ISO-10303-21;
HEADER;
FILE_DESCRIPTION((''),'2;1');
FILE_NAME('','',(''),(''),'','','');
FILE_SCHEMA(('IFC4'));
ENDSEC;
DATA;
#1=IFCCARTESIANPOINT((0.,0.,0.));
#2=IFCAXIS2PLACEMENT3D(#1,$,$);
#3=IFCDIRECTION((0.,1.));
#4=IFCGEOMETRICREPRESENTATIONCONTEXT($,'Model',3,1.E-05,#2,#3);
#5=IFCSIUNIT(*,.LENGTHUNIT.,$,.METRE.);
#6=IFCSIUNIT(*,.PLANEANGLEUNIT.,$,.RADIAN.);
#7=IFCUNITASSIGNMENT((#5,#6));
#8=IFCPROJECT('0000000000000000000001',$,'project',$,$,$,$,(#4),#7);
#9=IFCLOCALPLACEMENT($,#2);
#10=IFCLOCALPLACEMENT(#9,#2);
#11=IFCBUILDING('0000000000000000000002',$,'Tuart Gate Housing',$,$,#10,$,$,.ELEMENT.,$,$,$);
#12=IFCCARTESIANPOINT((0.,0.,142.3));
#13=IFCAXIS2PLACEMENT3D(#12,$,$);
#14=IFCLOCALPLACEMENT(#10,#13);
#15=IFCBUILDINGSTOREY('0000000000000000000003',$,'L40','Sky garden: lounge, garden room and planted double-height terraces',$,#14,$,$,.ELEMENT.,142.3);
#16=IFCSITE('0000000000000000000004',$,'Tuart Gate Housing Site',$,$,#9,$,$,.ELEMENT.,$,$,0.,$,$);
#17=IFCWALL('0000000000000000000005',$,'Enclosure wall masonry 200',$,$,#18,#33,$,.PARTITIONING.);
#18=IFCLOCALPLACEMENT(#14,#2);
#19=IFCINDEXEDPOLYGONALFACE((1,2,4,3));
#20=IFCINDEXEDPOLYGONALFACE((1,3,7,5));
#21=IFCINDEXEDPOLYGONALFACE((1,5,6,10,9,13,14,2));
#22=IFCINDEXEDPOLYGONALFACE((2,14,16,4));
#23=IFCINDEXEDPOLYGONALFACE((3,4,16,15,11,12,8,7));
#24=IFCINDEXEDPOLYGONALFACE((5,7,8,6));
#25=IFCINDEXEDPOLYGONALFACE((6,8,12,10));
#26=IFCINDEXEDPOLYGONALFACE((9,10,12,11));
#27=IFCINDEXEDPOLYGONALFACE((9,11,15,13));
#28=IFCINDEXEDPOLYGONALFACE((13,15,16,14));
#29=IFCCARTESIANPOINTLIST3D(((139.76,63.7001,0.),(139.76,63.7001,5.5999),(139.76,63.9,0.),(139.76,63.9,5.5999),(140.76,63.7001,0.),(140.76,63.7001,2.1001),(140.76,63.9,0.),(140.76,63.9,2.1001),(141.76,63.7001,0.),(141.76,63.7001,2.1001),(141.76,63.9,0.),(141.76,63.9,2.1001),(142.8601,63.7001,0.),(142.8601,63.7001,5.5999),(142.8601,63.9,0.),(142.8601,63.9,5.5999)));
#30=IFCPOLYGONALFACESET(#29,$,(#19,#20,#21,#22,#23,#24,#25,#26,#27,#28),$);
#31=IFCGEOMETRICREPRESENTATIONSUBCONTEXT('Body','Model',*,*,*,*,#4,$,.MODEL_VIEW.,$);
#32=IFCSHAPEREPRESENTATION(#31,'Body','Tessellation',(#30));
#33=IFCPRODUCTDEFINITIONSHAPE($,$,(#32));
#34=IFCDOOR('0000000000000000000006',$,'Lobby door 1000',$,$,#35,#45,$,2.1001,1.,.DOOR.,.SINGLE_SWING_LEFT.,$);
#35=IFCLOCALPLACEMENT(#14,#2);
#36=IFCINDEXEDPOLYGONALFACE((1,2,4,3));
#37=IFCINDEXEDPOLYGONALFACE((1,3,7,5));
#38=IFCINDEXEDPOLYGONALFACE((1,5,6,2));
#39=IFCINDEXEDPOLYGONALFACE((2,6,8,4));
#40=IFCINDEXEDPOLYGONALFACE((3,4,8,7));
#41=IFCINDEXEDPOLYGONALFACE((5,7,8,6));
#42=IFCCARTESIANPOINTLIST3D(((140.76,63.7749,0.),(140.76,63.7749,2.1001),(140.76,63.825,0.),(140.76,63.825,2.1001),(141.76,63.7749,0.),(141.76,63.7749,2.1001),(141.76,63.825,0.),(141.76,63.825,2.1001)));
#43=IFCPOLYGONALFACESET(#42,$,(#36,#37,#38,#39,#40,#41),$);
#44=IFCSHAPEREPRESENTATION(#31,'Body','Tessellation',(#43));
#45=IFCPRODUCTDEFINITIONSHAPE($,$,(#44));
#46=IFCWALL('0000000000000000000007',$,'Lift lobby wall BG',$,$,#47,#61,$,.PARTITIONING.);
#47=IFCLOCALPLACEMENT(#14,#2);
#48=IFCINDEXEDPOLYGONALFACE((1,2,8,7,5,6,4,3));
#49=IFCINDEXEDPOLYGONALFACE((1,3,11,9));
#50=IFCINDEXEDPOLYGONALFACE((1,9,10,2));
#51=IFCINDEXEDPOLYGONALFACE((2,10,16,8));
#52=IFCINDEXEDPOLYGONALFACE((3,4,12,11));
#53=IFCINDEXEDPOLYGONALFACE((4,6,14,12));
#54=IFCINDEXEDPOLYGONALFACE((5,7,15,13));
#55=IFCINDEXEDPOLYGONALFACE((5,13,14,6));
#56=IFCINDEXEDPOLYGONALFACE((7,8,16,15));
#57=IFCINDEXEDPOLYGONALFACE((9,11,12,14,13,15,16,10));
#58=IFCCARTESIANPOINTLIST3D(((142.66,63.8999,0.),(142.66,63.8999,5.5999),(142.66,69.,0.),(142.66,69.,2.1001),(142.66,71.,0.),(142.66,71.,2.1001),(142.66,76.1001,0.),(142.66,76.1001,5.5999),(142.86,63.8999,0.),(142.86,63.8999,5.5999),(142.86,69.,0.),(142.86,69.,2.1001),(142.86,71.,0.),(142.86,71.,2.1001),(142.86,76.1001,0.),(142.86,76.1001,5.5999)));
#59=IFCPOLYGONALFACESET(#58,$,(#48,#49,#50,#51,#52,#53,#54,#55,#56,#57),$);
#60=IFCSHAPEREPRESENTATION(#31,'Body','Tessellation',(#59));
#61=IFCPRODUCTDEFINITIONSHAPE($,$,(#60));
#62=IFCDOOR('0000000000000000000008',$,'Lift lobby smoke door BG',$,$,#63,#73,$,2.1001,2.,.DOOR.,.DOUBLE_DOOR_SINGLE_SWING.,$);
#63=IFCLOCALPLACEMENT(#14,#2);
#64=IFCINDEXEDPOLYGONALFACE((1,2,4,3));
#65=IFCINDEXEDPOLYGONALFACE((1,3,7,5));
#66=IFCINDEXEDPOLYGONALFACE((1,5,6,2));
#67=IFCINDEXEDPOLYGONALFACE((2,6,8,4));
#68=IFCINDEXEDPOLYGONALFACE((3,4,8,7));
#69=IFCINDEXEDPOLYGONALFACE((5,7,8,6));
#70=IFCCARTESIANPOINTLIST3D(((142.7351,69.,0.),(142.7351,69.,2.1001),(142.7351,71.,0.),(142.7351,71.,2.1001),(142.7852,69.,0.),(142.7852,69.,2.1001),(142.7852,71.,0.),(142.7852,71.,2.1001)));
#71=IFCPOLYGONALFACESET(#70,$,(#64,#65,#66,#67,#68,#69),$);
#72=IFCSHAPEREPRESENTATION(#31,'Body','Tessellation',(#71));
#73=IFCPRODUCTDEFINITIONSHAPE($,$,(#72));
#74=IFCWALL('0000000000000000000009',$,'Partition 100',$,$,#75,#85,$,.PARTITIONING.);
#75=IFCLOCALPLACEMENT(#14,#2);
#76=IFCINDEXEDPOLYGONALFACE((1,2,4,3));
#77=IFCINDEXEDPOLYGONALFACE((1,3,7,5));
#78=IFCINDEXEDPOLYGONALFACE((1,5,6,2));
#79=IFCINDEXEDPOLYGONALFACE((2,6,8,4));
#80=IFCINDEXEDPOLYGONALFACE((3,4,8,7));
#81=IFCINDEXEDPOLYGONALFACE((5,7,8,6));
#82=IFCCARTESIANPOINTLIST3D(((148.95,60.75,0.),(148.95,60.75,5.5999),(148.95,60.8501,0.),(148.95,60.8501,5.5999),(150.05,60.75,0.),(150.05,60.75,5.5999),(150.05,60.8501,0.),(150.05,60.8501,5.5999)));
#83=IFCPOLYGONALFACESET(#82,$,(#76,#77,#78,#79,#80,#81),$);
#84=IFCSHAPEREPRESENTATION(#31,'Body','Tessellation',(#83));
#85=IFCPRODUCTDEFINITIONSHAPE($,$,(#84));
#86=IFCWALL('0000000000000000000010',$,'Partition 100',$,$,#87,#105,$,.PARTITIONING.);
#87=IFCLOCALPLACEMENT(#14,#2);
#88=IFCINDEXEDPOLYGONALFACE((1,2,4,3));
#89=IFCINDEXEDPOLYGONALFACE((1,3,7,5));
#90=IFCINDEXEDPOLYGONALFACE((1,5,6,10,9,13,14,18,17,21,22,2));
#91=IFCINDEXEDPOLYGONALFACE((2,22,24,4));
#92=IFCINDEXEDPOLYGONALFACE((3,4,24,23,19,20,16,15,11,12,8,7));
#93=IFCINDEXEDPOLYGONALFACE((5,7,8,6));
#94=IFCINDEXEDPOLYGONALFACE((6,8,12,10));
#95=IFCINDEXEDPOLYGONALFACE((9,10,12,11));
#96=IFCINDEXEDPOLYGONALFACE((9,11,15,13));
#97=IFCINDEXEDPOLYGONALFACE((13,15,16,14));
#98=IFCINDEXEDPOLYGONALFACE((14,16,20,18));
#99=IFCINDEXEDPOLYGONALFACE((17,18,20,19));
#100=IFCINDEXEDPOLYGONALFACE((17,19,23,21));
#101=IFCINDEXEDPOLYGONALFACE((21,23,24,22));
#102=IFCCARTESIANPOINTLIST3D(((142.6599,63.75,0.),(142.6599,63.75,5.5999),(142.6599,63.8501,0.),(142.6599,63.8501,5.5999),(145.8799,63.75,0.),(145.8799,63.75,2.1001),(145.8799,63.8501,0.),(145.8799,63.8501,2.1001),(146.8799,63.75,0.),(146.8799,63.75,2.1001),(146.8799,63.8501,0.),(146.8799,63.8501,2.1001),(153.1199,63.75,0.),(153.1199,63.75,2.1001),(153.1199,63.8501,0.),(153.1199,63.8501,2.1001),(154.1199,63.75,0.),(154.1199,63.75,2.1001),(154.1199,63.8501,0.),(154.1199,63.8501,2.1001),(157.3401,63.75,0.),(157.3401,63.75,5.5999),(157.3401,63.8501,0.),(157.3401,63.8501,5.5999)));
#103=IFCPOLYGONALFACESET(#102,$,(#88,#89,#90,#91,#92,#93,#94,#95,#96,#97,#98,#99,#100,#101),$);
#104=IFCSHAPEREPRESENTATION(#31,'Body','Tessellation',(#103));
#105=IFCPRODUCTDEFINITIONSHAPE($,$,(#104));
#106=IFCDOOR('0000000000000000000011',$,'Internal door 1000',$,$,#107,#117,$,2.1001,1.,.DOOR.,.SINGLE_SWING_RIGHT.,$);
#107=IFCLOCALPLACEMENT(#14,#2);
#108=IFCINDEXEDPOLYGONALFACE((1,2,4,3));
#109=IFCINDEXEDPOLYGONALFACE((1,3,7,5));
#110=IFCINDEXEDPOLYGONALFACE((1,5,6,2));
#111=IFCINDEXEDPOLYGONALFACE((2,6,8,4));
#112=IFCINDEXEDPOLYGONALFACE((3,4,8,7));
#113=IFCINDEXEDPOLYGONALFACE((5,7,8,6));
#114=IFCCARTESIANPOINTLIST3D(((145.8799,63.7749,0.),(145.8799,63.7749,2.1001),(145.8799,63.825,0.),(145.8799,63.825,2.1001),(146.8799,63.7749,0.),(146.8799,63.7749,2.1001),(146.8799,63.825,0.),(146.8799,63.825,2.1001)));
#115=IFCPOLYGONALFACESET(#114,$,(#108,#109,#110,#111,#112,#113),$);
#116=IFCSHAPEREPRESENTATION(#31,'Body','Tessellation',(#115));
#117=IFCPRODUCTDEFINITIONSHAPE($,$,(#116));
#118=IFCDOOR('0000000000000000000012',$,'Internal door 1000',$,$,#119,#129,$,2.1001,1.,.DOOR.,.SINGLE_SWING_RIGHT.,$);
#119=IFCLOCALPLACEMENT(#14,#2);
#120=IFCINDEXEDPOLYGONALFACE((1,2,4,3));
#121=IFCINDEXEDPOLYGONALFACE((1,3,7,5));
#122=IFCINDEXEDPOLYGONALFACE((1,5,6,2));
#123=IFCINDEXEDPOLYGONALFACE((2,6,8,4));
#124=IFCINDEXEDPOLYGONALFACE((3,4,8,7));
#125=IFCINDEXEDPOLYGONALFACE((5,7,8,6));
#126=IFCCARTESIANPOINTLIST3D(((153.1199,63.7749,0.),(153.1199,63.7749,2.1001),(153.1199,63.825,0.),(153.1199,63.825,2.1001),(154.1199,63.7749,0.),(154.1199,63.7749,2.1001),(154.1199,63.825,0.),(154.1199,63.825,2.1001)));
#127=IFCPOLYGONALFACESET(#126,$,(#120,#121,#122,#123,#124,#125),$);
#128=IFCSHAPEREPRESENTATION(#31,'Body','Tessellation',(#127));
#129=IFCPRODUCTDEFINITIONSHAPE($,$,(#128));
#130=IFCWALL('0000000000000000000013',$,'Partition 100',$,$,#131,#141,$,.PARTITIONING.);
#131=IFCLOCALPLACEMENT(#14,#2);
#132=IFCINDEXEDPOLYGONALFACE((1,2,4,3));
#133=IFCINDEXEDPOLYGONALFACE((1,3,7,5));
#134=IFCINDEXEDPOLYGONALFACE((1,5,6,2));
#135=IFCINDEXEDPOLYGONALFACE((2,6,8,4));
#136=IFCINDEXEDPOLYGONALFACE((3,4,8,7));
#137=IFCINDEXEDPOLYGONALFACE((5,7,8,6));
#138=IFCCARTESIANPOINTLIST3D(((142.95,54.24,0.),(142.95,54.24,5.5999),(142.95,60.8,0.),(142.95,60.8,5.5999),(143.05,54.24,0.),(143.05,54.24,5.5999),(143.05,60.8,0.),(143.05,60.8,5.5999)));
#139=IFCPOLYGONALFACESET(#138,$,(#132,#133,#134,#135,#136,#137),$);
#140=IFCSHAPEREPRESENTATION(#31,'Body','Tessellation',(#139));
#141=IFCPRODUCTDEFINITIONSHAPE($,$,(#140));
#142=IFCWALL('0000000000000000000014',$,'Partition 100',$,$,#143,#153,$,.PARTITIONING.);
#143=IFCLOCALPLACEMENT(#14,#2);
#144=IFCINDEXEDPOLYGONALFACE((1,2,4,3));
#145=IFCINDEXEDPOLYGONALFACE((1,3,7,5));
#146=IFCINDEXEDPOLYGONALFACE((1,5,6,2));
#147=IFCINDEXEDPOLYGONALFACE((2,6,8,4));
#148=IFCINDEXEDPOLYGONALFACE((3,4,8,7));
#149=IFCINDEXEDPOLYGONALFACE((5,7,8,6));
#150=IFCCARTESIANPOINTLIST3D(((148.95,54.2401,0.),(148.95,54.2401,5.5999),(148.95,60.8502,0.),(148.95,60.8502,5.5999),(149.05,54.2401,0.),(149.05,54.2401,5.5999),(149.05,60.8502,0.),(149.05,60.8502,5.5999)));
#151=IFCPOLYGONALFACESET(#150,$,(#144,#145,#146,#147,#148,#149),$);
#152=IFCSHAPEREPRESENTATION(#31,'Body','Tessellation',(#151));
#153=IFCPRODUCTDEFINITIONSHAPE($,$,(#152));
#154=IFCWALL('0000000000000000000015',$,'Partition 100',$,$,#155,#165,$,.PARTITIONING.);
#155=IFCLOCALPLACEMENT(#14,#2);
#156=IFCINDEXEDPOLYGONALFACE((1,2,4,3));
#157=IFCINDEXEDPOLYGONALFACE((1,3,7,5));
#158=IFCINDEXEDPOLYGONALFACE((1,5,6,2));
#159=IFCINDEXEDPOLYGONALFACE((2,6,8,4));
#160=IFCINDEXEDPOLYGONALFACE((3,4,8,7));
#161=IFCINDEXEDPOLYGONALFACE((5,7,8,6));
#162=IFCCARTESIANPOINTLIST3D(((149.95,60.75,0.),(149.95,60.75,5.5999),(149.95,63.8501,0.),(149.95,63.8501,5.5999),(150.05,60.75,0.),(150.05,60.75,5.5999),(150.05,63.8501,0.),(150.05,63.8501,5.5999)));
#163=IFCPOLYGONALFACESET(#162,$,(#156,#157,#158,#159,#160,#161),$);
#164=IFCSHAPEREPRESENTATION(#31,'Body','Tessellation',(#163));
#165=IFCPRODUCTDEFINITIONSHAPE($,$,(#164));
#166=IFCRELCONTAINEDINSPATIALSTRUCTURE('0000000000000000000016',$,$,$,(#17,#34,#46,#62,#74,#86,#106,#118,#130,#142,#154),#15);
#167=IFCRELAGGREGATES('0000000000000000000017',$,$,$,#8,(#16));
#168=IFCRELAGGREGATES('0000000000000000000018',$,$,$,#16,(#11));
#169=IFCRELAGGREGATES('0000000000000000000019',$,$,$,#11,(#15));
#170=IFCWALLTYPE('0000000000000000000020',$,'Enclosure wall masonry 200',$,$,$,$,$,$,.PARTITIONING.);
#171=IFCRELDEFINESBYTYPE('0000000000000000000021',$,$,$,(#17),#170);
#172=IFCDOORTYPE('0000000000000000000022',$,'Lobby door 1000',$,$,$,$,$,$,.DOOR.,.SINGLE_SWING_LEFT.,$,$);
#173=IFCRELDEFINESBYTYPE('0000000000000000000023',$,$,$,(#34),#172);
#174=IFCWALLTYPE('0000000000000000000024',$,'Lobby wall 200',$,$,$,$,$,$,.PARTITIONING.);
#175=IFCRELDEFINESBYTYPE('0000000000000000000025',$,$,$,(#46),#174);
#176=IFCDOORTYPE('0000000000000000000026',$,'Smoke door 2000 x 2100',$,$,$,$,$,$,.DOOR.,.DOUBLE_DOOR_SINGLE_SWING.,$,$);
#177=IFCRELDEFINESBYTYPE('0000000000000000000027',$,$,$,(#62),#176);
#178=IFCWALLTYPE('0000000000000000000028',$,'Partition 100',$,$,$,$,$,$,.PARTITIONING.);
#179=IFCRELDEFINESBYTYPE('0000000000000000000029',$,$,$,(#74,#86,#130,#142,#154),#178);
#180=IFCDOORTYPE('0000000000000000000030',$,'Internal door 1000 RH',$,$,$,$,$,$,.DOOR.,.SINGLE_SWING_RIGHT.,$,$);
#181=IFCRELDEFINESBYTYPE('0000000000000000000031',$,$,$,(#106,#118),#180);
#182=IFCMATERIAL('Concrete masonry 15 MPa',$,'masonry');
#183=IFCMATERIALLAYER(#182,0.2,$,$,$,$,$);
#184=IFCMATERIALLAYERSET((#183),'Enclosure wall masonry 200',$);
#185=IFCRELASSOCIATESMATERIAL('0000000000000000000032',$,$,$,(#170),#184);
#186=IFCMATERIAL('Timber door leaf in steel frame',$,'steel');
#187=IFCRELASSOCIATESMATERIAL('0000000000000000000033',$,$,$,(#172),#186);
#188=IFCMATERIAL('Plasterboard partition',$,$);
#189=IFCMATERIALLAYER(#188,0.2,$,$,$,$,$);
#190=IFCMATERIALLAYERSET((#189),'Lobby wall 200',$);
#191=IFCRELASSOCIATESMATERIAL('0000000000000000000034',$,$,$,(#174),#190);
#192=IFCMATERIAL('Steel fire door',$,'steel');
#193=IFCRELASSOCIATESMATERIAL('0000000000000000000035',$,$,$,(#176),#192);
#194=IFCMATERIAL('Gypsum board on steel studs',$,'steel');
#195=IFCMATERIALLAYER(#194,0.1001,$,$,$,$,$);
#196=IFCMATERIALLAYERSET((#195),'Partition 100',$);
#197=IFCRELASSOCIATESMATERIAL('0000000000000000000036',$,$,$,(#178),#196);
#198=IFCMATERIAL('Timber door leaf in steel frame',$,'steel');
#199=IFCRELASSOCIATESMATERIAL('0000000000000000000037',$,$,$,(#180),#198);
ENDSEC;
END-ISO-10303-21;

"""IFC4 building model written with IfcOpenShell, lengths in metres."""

from ifc_helpers import new_model, si_unit, direction, frame, frame_2d, origin, place, context, subcontext, project, spatial, rectangle, extrude, material, layer, layer_set, type_object, element, fill, save


model = new_model("IFC4")

# Units and contexts
model_context = context("Model", 3, precision=1e-05, world=origin(), true_north=direction((0.0, 1.0)))
body_context = subcontext(model_context, "Body", "Model", "MODEL_VIEW")
ifc_project = project(units=[si_unit("LENGTHUNIT", "METRE"), si_unit("PLANEANGLEUNIT", "RADIAN")], contexts=[model_context])

# Site, building, storey
site_placement = place(None, origin())
site = spatial("IfcSite", under=ifc_project, at=site_placement, Name="Tuart Gate Housing Site", CompositionType="ELEMENT", RefElevation=0.0)
building_placement = place(site_placement, origin())
building = spatial("IfcBuilding", under=site, at=building_placement, Name="Tuart Gate Housing", CompositionType="ELEMENT")
storey_placement = place(building_placement, frame((0.0, 0.0, 142.3)))
storey = spatial("IfcBuildingStorey", under=building, at=storey_placement, Name="L40", Description="Sky garden: lounge, garden room and planted double-height terraces", CompositionType="ELEMENT", Elevation=142.3)

# Walls, openings, doors
ifc_material_1 = material(Name="Concrete masonry 15 MPa", Category="masonry")
ifc_layer_1 = layer(ifc_material_1, 0.2)
ifc_layer_set_1 = layer_set([ifc_layer_1], Name="Enclosure wall masonry 200")
wall_type_1 = type_object("IfcWallType", Name="Enclosure wall masonry 200", PredefinedType="PARTITIONING", material=ifc_layer_set_1)
wall_1_placement = place(storey_placement, frame((139.76, 63.8, 0.0), z_axis=(0.0, 0.0, 1.0), x_axis=(1.0, 0.0, 0.0)))
wall_1 = element("IfcWall", 1, at=wall_1_placement, inside=storey, type_object=wall_type_1, Name="Enclosure wall masonry 200", PredefinedType="PARTITIONING", context=body_context, shape_type="SweptSolid", body=[
    extrude(rectangle(XDim=3.1001, YDim=0.2, at=frame_2d((1.55, 0.0))), origin(), (0.0, 0.0, 1.0), 5.5999),
])
opening_1_placement = place(wall_1_placement, frame((1.0, 0.0, 0.0)))
opening_1 = element("IfcOpeningElement", 2, at=opening_1_placement, cuts=wall_1, PredefinedType="OPENING", context=body_context, shape_type="SweptSolid", body=[
    extrude(rectangle(XDim=1.0, YDim=2.1001, at=frame_2d((0.5, 1.05))), frame((0.0, 0.1099, 0.0), z_axis=(0.0, -1.0, 0.0), x_axis=(1.0, 0.0, 0.0)), (0.0, 0.0, 1.0), 0.22),
])
ifc_material_2 = material(Name="Timber door leaf in steel frame", Category="steel")
door_type_1 = type_object("IfcDoorType", Name="Lobby door 1000", OperationType="SINGLE_SWING_LEFT", PredefinedType="DOOR", material=ifc_material_2)
door_1_placement = place(opening_1_placement, frame((1.0, 0.0, 0.0), z_axis=(0.0, 0.0, 1.0), x_axis=(-1.0, 0.0, 0.0)))
door_1 = element("IfcDoor", 3, at=door_1_placement, inside=storey, type_object=door_type_1, Name="Lobby door 1000", OperationType="SINGLE_SWING_LEFT", OverallHeight=2.1001, OverallWidth=1.0, PredefinedType="DOOR", context=body_context, shape_type="SweptSolid", body=[
    extrude(rectangle(XDim=1.0, YDim=2.1001, at=frame_2d((0.5, 1.05))), frame((0.0, 0.0251, 0.0), z_axis=(0.0, -1.0, 0.0), x_axis=(1.0, 0.0, 0.0)), (0.0, 0.0, 1.0), 0.05),
])
fill(opening_1, door_1)
ifc_material_3 = material(Name="Plasterboard partition")
ifc_layer_2 = layer(ifc_material_3, 0.2)
ifc_layer_set_2 = layer_set([ifc_layer_2], Name="Lobby wall 200")
wall_type_2 = type_object("IfcWallType", Name="Lobby wall 200", PredefinedType="PARTITIONING", material=ifc_layer_set_2)
wall_2_placement = place(storey_placement, frame((142.76, 63.8999, 0.0), z_axis=(0.0, 0.0, 1.0), x_axis=(0.0, 1.0, 0.0)))
wall_2 = element("IfcWall", 4, at=wall_2_placement, inside=storey, type_object=wall_type_2, Name="Lift lobby wall BG", PredefinedType="PARTITIONING", context=body_context, shape_type="SweptSolid", body=[
    extrude(rectangle(XDim=12.2002, YDim=0.2, at=frame_2d((6.1001, 0.0))), origin(), (0.0, 0.0, 1.0), 5.5999),
])
opening_2_placement = place(wall_2_placement, frame((5.1001, 0.0, 0.0)))
opening_2 = element("IfcOpeningElement", 5, at=opening_2_placement, cuts=wall_2, PredefinedType="OPENING", context=body_context, shape_type="SweptSolid", body=[
    extrude(rectangle(XDim=2.0, YDim=2.1001, at=frame_2d((1.0, 1.05))), frame((0.0, 0.1099, 0.0), z_axis=(0.0, -1.0, 0.0), x_axis=(1.0, 0.0, 0.0)), (0.0, 0.0, 1.0), 0.22),
])
ifc_material_4 = material(Name="Steel fire door", Category="steel")
door_type_2 = type_object("IfcDoorType", Name="Smoke door 2000 x 2100", OperationType="DOUBLE_DOOR_SINGLE_SWING", PredefinedType="DOOR", material=ifc_material_4)
door_2_placement = place(opening_2_placement, frame((2.0, 0.0, 0.0), z_axis=(0.0, 0.0, 1.0), x_axis=(-1.0, 0.0, 0.0)))
door_2 = element("IfcDoor", 6, at=door_2_placement, inside=storey, type_object=door_type_2, Name="Lift lobby smoke door BG", OperationType="DOUBLE_DOOR_SINGLE_SWING", OverallHeight=2.1001, OverallWidth=2.0, PredefinedType="DOOR", context=body_context, shape_type="SweptSolid", body=[
    extrude(rectangle(XDim=2.0, YDim=2.1001, at=frame_2d((1.0, 1.05))), frame((0.0, 0.0251, 0.0), z_axis=(0.0, -1.0, 0.0), x_axis=(1.0, 0.0, 0.0)), (0.0, 0.0, 1.0), 0.05),
])
fill(opening_2, door_2)

# Wall
ifc_material_5 = material(Name="Gypsum board on steel studs", Category="steel")
ifc_layer_3 = layer(ifc_material_5, 0.1001)
ifc_layer_set_3 = layer_set([ifc_layer_3], Name="Partition 100")
wall_type_3 = type_object("IfcWallType", Name="Partition 100", PredefinedType="PARTITIONING", material=ifc_layer_set_3)
wall_3_placement = place(storey_placement, frame((148.95, 60.8, 0.0), z_axis=(0.0, 0.0, 1.0), x_axis=(1.0, 0.0, 0.0)))
element("IfcWall", 7, at=wall_3_placement, inside=storey, type_object=wall_type_3, Name="Partition 100", PredefinedType="PARTITIONING", context=body_context, shape_type="SweptSolid", body=[
    extrude(rectangle(XDim=1.1001, YDim=0.1001, at=frame_2d((0.55, 0.0))), origin(), (0.0, 0.0, 1.0), 5.5999),
])

# Wall, openings, doors
wall_4_placement = place(storey_placement, frame((142.6599, 63.8, 0.0), z_axis=(0.0, 0.0, 1.0), x_axis=(1.0, 0.0, 0.0)))
wall_4 = element("IfcWall", 8, at=wall_4_placement, inside=storey, type_object=wall_type_3, Name="Partition 100", PredefinedType="PARTITIONING", context=body_context, shape_type="SweptSolid", body=[
    extrude(rectangle(XDim=14.6802, YDim=0.1001, at=frame_2d((7.3401, 0.0))), origin(), (0.0, 0.0, 1.0), 5.5999),
])
opening_3_placement = place(wall_4_placement, frame((3.22, 0.0, 0.0)))
opening_3 = element("IfcOpeningElement", 9, at=opening_3_placement, cuts=wall_4, PredefinedType="OPENING", context=body_context, shape_type="SweptSolid", body=[
    extrude(rectangle(XDim=1.0, YDim=2.1001, at=frame_2d((0.5, 1.05))), frame((0.0, 0.0601, 0.0), z_axis=(0.0, -1.0, 0.0), x_axis=(1.0, 0.0, 0.0)), (0.0, 0.0, 1.0), 0.1201),
])
opening_4_placement = place(wall_4_placement, frame((10.46, 0.0, 0.0)))
opening_4 = element("IfcOpeningElement", 10, at=opening_4_placement, cuts=wall_4, PredefinedType="OPENING", context=body_context, shape_type="SweptSolid", body=[
    extrude(rectangle(XDim=1.0, YDim=2.1001, at=frame_2d((0.5, 1.05))), frame((0.0, 0.0601, 0.0), z_axis=(0.0, -1.0, 0.0), x_axis=(1.0, 0.0, 0.0)), (0.0, 0.0, 1.0), 0.1201),
])
ifc_material_6 = material(Name="Timber door leaf in steel frame", Category="steel")
door_type_3 = type_object("IfcDoorType", Name="Internal door 1000 RH", OperationType="SINGLE_SWING_RIGHT", PredefinedType="DOOR", material=ifc_material_6)
door_3_placement = place(opening_3_placement, frame((1.0, 0.0, 0.0), z_axis=(0.0, 0.0, 1.0), x_axis=(-1.0, 0.0, 0.0)))
door_3 = element("IfcDoor", 11, at=door_3_placement, inside=storey, type_object=door_type_3, Name="Internal door 1000", OperationType="SINGLE_SWING_RIGHT", OverallHeight=2.1001, OverallWidth=1.0, PredefinedType="DOOR", context=body_context, shape_type="SweptSolid", body=[
    extrude(rectangle(XDim=1.0, YDim=2.1001, at=frame_2d((0.5, 1.05))), frame((0.0, 0.0251, 0.0), z_axis=(0.0, -1.0, 0.0), x_axis=(1.0, 0.0, 0.0)), (0.0, 0.0, 1.0), 0.05),
])
fill(opening_3, door_3)
door_4_placement = place(opening_4_placement, origin())
door_4 = element("IfcDoor", 12, at=door_4_placement, inside=storey, type_object=door_type_3, Name="Internal door 1000", OperationType="SINGLE_SWING_RIGHT", OverallHeight=2.1001, OverallWidth=1.0, PredefinedType="DOOR", context=body_context, shape_type="SweptSolid", body=[
    extrude(rectangle(XDim=1.0, YDim=2.1001, at=frame_2d((0.5, 1.05))), frame((0.0, 0.0249, 0.0), z_axis=(0.0, -1.0, 0.0), x_axis=(1.0, 0.0, 0.0)), (0.0, 0.0, 1.0), 0.05),
])
fill(opening_4, door_4)

# Walls
wall_5_placement = place(storey_placement, frame((143.0, 54.24, 0.0), z_axis=(0.0, 0.0, 1.0), x_axis=(0.0, 1.0, 0.0)))
element("IfcWall", 13, at=wall_5_placement, inside=storey, type_object=wall_type_3, Name="Partition 100", PredefinedType="PARTITIONING", context=body_context, shape_type="SweptSolid", body=[
    extrude(rectangle(XDim=6.5601, YDim=0.1001, at=frame_2d((3.28, 0.0))), origin(), (0.0, 0.0, 1.0), 5.5999),
])
wall_6_placement = place(storey_placement, frame((149.0, 54.24, 0.0), z_axis=(0.0, 0.0, 1.0), x_axis=(0.0, 1.0, 0.0)))
element("IfcWall", 14, at=wall_6_placement, inside=storey, type_object=wall_type_3, Name="Partition 100", PredefinedType="PARTITIONING", context=body_context, shape_type="SweptSolid", body=[
    extrude(rectangle(XDim=6.6101, YDim=0.1001, at=frame_2d((3.3052, 0.0))), origin(), (0.0, 0.0, 1.0), 5.5999),
])
wall_7_placement = place(storey_placement, frame((150.0, 60.75, 0.0), z_axis=(0.0, 0.0, 1.0), x_axis=(0.0, 1.0, 0.0)))
element("IfcWall", 15, at=wall_7_placement, inside=storey, type_object=wall_type_3, Name="Partition 100", PredefinedType="PARTITIONING", context=body_context, shape_type="SweptSolid", body=[
    extrude(rectangle(XDim=3.1001, YDim=0.1001, at=frame_2d((1.55, 0.0))), origin(), (0.0, 0.0, 1.0), 5.5999),
])

save(model, "model.ifc")
